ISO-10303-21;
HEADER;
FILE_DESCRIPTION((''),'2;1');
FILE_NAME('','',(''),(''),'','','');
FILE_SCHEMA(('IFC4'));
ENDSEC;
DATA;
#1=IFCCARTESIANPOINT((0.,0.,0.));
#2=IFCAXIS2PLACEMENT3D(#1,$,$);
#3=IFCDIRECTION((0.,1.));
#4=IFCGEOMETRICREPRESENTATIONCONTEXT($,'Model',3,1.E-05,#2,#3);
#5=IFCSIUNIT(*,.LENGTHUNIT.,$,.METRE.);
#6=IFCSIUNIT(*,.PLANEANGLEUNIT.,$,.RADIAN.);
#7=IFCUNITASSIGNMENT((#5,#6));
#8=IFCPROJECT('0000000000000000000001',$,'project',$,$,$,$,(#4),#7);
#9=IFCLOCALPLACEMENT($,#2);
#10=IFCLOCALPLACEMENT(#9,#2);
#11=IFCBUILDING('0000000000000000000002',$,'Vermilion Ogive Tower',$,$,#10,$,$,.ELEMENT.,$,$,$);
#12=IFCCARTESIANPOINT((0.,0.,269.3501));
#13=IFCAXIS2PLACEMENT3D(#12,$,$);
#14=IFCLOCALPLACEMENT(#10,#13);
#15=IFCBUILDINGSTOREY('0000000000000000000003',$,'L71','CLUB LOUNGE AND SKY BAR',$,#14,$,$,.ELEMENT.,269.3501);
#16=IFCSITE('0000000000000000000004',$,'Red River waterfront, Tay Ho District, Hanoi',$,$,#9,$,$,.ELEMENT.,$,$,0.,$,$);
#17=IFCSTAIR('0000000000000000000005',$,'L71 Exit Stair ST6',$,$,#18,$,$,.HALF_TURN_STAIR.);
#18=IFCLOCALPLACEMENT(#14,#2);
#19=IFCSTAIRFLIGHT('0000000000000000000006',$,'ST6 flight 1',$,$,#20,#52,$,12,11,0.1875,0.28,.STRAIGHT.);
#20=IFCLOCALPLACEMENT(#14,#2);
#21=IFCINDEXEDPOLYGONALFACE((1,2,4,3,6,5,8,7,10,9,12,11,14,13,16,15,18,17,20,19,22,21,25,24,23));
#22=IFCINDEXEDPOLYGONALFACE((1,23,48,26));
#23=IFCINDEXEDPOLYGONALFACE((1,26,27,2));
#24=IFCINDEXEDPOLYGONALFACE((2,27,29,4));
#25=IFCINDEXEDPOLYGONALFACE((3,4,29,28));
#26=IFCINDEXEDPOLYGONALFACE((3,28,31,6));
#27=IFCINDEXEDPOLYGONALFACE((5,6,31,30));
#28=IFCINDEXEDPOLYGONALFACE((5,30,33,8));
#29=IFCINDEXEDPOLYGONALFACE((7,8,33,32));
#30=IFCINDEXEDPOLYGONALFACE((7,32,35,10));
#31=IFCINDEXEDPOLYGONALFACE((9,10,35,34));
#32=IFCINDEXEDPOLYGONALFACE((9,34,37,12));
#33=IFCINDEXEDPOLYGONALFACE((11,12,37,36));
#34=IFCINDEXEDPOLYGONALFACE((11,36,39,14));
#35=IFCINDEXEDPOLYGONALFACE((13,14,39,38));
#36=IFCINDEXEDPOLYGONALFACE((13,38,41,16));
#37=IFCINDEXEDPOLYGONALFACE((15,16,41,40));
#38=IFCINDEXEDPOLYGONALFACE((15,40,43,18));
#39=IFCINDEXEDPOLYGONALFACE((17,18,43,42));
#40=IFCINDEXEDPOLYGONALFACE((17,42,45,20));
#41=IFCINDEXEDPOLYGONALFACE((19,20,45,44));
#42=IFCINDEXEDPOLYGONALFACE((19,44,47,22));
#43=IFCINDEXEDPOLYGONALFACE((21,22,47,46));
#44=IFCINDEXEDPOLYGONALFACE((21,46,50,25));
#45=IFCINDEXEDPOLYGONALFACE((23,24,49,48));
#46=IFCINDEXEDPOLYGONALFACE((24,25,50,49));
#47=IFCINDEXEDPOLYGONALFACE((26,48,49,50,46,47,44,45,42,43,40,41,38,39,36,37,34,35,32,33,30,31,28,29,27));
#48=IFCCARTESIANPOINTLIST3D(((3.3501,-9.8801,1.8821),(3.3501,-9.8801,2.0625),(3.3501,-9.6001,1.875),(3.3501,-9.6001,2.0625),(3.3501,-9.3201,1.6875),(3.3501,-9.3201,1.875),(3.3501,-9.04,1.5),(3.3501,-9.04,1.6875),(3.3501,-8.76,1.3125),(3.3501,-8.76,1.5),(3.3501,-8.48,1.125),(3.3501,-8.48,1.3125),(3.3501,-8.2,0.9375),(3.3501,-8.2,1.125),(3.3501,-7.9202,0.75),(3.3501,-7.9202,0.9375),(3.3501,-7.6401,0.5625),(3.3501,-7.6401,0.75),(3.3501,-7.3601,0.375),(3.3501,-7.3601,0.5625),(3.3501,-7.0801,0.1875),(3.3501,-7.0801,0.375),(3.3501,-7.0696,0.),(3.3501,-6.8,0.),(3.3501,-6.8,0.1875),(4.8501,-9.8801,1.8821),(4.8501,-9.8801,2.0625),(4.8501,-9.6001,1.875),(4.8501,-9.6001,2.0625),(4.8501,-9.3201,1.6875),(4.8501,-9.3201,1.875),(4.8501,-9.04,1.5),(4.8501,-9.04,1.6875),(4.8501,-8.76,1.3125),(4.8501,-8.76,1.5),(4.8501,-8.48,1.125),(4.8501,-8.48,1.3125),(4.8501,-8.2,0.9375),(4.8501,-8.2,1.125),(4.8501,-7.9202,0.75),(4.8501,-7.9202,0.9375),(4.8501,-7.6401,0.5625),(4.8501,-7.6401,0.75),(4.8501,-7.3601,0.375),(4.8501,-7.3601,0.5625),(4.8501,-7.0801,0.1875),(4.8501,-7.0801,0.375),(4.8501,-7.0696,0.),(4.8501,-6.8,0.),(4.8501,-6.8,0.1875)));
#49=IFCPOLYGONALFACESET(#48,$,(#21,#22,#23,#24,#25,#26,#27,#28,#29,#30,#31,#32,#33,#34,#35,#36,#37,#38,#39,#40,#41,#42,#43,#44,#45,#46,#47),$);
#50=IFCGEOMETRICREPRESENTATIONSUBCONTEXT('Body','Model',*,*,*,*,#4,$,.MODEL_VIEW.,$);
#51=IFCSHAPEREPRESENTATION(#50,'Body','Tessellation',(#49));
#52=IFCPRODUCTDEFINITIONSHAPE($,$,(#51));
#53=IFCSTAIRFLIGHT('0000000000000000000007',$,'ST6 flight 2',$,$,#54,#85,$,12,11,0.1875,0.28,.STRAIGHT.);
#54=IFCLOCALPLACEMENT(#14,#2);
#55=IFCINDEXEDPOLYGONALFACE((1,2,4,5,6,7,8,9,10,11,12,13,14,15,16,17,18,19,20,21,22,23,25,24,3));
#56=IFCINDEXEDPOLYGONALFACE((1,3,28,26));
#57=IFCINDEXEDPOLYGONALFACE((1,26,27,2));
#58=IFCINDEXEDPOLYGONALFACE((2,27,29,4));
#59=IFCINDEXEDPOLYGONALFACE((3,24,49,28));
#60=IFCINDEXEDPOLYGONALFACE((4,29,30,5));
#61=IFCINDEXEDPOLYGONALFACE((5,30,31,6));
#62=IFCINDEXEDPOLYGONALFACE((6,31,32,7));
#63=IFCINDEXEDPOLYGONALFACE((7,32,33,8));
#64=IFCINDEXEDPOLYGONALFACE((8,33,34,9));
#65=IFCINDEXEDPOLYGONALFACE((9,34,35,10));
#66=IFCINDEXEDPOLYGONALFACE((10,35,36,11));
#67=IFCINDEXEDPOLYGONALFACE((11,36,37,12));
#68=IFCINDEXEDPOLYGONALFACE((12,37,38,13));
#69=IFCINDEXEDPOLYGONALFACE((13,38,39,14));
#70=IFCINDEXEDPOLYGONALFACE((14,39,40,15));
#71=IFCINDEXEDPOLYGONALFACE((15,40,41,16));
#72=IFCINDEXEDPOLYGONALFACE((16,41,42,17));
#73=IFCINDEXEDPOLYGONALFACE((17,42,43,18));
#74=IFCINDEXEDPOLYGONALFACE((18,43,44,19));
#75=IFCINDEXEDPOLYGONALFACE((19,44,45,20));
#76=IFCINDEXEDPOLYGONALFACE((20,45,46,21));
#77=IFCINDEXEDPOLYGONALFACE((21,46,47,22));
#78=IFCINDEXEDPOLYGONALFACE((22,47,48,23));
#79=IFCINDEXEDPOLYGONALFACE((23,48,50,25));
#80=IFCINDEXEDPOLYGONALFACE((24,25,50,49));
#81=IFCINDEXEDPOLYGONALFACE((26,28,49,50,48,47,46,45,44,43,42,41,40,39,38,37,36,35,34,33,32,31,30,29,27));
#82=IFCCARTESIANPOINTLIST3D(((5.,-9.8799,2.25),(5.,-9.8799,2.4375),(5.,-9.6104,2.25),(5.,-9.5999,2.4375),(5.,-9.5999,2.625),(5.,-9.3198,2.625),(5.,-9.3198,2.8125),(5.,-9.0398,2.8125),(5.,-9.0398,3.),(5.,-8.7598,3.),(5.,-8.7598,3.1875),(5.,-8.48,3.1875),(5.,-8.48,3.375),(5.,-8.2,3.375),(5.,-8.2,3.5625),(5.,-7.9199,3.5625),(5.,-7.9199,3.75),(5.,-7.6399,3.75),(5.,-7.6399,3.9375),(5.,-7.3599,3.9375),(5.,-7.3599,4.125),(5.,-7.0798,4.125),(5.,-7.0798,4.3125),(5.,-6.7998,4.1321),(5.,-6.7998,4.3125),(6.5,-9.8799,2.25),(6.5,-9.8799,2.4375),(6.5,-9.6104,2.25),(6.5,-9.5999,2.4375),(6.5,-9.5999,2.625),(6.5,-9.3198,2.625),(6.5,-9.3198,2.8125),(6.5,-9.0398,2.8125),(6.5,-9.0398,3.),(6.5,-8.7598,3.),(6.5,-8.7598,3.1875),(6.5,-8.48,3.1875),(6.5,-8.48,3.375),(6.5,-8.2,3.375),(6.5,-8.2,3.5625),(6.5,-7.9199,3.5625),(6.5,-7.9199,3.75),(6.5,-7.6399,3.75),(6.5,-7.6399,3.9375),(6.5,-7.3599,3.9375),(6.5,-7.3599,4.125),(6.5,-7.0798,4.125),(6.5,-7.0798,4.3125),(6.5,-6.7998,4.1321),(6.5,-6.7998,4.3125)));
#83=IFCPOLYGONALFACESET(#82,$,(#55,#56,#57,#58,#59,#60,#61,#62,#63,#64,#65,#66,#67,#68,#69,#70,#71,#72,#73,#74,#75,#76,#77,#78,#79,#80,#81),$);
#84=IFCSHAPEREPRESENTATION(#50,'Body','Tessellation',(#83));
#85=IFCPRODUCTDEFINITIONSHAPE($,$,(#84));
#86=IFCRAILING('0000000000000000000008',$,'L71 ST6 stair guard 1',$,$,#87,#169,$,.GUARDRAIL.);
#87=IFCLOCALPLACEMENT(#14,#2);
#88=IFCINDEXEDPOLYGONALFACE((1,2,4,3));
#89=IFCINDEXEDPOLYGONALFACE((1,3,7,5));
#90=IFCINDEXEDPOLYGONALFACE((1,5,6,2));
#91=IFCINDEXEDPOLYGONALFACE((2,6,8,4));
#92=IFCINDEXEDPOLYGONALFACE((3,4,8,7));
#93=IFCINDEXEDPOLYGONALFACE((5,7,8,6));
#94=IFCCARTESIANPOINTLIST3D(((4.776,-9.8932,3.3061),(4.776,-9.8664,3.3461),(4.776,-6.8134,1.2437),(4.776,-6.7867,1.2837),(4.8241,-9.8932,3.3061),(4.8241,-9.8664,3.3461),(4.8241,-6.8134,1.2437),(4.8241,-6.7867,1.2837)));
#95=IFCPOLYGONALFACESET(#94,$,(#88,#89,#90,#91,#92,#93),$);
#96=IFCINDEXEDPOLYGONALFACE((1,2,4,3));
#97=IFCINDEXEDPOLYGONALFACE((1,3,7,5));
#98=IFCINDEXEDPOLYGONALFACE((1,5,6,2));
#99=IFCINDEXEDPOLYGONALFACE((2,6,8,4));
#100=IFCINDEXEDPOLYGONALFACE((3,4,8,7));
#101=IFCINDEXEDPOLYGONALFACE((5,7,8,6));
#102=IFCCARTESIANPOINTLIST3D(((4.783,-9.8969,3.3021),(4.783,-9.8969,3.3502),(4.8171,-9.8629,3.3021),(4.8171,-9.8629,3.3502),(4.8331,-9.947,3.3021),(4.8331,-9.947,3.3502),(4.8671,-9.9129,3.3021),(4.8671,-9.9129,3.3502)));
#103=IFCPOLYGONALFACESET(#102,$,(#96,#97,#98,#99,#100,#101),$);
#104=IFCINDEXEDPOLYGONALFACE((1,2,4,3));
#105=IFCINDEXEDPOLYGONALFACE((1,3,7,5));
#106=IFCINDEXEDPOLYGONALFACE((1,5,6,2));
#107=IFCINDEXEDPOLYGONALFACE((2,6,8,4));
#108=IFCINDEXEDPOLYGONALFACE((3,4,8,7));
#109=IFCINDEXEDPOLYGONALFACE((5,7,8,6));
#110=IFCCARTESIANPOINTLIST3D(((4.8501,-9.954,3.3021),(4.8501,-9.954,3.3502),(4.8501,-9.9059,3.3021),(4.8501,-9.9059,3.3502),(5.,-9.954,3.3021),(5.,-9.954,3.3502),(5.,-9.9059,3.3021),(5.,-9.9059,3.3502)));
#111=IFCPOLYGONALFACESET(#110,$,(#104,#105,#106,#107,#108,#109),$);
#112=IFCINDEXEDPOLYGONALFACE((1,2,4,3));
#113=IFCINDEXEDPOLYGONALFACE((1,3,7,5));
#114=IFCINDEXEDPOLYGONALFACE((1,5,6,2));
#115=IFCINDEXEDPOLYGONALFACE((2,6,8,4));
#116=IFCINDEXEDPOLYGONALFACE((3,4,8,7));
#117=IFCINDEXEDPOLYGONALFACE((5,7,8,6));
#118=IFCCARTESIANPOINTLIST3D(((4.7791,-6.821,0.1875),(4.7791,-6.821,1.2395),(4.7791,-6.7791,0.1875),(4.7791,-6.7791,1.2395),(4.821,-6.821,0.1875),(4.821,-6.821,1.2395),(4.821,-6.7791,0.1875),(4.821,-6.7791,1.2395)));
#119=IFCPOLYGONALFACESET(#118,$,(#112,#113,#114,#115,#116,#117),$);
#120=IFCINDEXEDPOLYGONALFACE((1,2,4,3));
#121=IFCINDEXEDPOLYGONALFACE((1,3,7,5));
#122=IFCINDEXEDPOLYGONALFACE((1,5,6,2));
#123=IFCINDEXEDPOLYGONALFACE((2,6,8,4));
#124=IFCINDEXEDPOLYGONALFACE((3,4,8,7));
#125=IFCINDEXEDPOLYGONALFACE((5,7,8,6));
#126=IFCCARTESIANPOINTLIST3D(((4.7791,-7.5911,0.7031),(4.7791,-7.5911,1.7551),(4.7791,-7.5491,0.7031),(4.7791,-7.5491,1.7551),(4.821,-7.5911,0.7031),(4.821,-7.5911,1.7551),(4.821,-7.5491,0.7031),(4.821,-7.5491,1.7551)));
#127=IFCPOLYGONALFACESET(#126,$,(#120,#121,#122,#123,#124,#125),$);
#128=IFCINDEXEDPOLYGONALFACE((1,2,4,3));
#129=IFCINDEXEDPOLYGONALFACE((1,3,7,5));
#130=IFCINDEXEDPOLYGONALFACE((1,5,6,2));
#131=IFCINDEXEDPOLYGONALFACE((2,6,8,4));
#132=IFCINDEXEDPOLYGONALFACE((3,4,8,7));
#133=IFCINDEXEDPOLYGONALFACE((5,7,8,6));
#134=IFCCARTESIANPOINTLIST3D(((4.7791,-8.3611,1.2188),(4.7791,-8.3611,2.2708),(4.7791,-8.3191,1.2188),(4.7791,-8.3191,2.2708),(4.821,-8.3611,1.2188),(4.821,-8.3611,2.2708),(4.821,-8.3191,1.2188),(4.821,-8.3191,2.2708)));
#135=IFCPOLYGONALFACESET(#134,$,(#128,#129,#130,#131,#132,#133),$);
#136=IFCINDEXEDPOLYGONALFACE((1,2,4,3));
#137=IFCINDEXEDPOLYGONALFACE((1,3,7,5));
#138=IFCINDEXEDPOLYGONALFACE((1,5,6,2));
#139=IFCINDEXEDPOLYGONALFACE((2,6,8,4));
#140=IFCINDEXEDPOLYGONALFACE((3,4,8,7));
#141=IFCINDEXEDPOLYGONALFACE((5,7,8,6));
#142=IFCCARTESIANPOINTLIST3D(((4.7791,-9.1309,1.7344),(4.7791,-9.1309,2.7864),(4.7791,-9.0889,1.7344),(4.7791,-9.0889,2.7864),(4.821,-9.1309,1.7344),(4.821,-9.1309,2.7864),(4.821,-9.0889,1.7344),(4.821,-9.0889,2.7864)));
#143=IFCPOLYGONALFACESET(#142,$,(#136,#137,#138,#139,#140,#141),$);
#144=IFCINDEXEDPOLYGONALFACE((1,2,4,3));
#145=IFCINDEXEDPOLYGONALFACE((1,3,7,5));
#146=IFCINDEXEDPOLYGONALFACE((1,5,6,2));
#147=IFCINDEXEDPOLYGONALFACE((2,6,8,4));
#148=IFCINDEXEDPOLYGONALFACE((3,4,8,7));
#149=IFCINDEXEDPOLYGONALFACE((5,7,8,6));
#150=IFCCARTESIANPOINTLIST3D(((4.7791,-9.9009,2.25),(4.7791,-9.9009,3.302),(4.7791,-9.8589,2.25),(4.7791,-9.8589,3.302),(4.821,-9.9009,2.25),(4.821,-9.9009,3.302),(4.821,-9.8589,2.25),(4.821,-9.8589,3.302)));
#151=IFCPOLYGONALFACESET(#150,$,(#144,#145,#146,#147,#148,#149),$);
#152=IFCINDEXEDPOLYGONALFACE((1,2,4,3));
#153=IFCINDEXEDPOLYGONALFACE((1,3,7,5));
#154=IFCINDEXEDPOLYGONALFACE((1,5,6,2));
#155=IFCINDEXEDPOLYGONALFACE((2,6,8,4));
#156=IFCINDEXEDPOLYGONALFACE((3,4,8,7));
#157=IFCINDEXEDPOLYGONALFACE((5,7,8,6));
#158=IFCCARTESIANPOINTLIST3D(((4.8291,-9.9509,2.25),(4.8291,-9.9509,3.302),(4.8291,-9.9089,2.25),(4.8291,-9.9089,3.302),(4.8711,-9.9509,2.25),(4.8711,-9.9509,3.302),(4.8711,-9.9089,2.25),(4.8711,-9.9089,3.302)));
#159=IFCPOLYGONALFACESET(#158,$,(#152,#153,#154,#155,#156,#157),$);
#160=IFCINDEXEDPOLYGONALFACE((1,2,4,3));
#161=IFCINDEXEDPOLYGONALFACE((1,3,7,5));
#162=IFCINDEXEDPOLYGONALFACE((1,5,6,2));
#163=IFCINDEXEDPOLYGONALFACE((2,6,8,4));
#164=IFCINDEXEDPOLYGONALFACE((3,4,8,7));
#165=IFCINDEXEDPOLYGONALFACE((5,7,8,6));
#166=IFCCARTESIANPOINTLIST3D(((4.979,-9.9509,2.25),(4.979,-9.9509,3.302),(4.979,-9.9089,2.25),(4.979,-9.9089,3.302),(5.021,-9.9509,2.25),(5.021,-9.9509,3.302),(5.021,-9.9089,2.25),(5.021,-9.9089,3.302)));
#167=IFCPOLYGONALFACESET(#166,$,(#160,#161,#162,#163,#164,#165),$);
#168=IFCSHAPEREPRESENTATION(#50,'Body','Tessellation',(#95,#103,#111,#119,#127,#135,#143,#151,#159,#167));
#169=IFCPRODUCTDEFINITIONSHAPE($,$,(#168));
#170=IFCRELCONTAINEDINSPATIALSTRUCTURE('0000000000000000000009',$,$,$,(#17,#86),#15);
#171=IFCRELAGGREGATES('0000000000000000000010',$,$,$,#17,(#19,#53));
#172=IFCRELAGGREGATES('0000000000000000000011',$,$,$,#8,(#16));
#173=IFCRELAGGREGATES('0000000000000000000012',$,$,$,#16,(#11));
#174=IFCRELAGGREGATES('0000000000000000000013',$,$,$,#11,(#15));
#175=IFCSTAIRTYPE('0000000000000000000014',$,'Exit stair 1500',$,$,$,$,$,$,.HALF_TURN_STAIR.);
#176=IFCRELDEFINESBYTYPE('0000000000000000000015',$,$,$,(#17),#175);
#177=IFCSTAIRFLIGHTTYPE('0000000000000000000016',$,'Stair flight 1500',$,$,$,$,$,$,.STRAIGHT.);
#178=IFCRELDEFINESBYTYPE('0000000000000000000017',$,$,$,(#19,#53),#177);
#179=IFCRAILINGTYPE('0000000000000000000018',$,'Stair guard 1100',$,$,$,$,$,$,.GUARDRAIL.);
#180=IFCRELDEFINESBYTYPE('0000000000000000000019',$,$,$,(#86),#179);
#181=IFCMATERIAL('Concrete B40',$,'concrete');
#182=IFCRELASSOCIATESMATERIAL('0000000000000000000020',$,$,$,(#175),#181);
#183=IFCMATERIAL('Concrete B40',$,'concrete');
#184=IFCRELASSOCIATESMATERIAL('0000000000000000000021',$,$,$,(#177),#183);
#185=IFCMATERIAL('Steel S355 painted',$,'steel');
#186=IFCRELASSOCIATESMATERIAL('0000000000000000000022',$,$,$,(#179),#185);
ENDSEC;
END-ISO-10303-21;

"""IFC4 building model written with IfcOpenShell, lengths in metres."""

from ifc_helpers import new_model, si_unit, direction, frame, origin, origin_2d, place, context, subcontext, project, spatial, polyline, rectangle, outline, extrude, material, type_object, element, aggregate, save


model = new_model("IFC4")

# Units and contexts
model_context = context("Model", 3, precision=1e-05, world=origin(), true_north=direction((0.0, 1.0)))
body_context = subcontext(model_context, "Body", "Model", "MODEL_VIEW")
ifc_project = project(units=[si_unit("LENGTHUNIT", "METRE"), si_unit("PLANEANGLEUNIT", "RADIAN")], contexts=[model_context])

# Site, building, storey
site_placement = place(None, origin())
site = spatial("IfcSite", under=ifc_project, at=site_placement, Name="Red River waterfront, Tay Ho District, Hanoi", CompositionType="ELEMENT", RefElevation=0.0)
building_placement = place(site_placement, origin())
building = spatial("IfcBuilding", under=site, at=building_placement, Name="Vermilion Ogive Tower", CompositionType="ELEMENT")
storey_placement = place(building_placement, frame((0.0, 0.0, 269.3501)))
storey = spatial("IfcBuildingStorey", under=building, at=storey_placement, Name="L71", Description="CLUB LOUNGE AND SKY BAR", CompositionType="ELEMENT", Elevation=269.3501)

# Stair, stair flights
ifc_material_1 = material(Name="Concrete B40", Category="concrete")
stair_type = type_object("IfcStairType", Name="Exit stair 1500", PredefinedType="HALF_TURN_STAIR", material=ifc_material_1)
stair_placement = place(storey_placement, origin())
stair = element("IfcStair", 1, at=stair_placement, inside=storey, type_object=stair_type, Name="L71 Exit Stair ST6", PredefinedType="HALF_TURN_STAIR")
ifc_material_2 = material(Name="Concrete B40", Category="concrete")
stair_flight_type = type_object("IfcStairFlightType", Name="Stair flight 1500", PredefinedType="STRAIGHT", material=ifc_material_2)
stair_flight_1_placement = place(storey_placement, frame((4.1001, -6.8, 0.0), z_axis=(0.0, 0.0, 1.0), x_axis=(0.0, -1.0, 0.0)))
stair_flight_1 = element("IfcStairFlight", 2, at=stair_flight_1_placement, type_object=stair_flight_type, Name="ST6 flight 1", NumberOfRisers=12, NumberOfTreads=11, PredefinedType="STRAIGHT", RiserHeight=0.1875, TreadLength=0.28, context=body_context, shape_type="SweptSolid", body=[
    extrude(outline(polyline([(0.0, 0.0), (0.0, 0.1875), (0.28, 0.1875), (0.28, 0.375), (0.5601, 0.375), (0.5601, 0.5625), (0.8401, 0.5625), (0.8401, 0.75), (1.1201, 0.75), (1.1201, 0.9375), (1.3999, 0.9375), (1.3999, 1.125), (1.6799, 1.125), (1.6799, 1.3125), (1.96, 1.3125), (1.96, 1.5), (2.24, 1.5), (2.24, 1.6875), (2.52, 1.6875), (2.52, 1.875), (2.8, 1.875), (2.8, 2.0625), (3.0801, 2.0625), (3.0801, 2.25), (3.0801, 1.8821), (0.2695, 0.0), (0.0, 0.0)])), frame((0.0, 0.75, 0.0), z_axis=(0.0, -1.0, 0.0), x_axis=(1.0, 0.0, 0.0)), (0.0, 0.0, 1.0), 1.5),
])
stair_flight_2_placement = place(storey_placement, frame((5.75, -9.8799, 2.25), z_axis=(0.0, 0.0, 1.0), x_axis=(0.0, 1.0, 0.0)))
stair_flight_2 = element("IfcStairFlight", 3, at=stair_flight_2_placement, type_object=stair_flight_type, Name="ST6 flight 2", NumberOfRisers=12, NumberOfTreads=11, PredefinedType="STRAIGHT", RiserHeight=0.1875, TreadLength=0.28, context=body_context, shape_type="SweptSolid", body=[
    extrude(outline(polyline([(0.0, 0.0), (0.0, 0.1875), (0.28, 0.1875), (0.28, 0.375), (0.5601, 0.375), (0.5601, 0.5625), (0.8401, 0.5625), (0.8401, 0.75), (1.1201, 0.75), (1.1201, 0.9375), (1.3999, 0.9375), (1.3999, 1.125), (1.6799, 1.125), (1.6799, 1.3125), (1.96, 1.3125), (1.96, 1.5), (2.24, 1.5), (2.24, 1.6875), (2.52, 1.6875), (2.52, 1.875), (2.8, 1.875), (2.8, 2.0625), (3.0801, 2.0625), (3.0801, 2.25), (3.0801, 1.8821), (0.2695, 0.0), (0.0, 0.0)])), frame((0.0, 0.75, 0.0), z_axis=(0.0, -1.0, 0.0), x_axis=(1.0, 0.0, 0.0)), (0.0, 0.0, 1.0), 1.5),
])
aggregate(stair, [stair_flight_1, stair_flight_2])

# Railing
ifc_material_3 = material(Name="Steel S355 painted", Category="steel")
railing_type_1 = type_object("IfcRailingType", Name="Stair guard 1100", PredefinedType="GUARDRAIL", material=ifc_material_3)
railing_1_placement = place(storey_placement, frame((4.8, -6.8, 0.1875)))
element("IfcRailing", 4, at=railing_1_placement, inside=storey, type_object=railing_type_1, Name="L71 ST6 stair guard 1", PredefinedType="GUARDRAIL", context=body_context, shape_type="SweptSolid", body=[
    extrude(rectangle(XDim=0.0481, YDim=0.0481, at=origin_2d()), frame((0.0, 0.0, 1.0762), z_axis=(0.0, -0.830893, 0.556432), x_axis=(1.0, 0.0, 0.0)), (0.0, 0.0, 1.0), 3.7065),
    extrude(rectangle(XDim=0.0481, YDim=0.0481, at=origin_2d()), frame((0.0, -3.0798, 3.1387), z_axis=(0.707107, -0.707107, 0.0), x_axis=(0.707107, 0.707107, 0.0)), (0.0, 0.0, 1.0), 0.0708),
    extrude(rectangle(XDim=0.0481, YDim=0.0481, at=origin_2d()), frame((0.05, -3.1299, 3.1387), z_axis=(1.0, 0.0, 0.0), x_axis=(0.0, 1.0, 0.0)), (0.0, 0.0, 1.0), 0.1499),
    extrude(rectangle(XDim=0.042, YDim=0.042, at=origin_2d()), origin(), (0.0, 0.0, 1.0), 1.052),
    extrude(rectangle(XDim=0.042, YDim=0.042, at=origin_2d()), frame((0.0, -0.77, 0.5156)), (0.0, 0.0, 1.0), 1.052),
    extrude(rectangle(XDim=0.042, YDim=0.042, at=origin_2d()), frame((0.0, -1.54, 1.0312)), (0.0, 0.0, 1.0), 1.052),
    extrude(rectangle(XDim=0.042, YDim=0.042, at=origin_2d()), frame((0.0, -2.3098, 1.5469)), (0.0, 0.0, 1.0), 1.052),
    extrude(rectangle(XDim=0.042, YDim=0.042, at=origin_2d()), frame((0.0, -3.0798, 2.0625)), (0.0, 0.0, 1.0), 1.052),
    extrude(rectangle(XDim=0.042, YDim=0.042, at=origin_2d()), frame((0.05, -3.1299, 2.0625)), (0.0, 0.0, 1.0), 1.052),
    extrude(rectangle(XDim=0.042, YDim=0.042, at=origin_2d()), frame((0.2, -3.1299, 2.0625)), (0.0, 0.0, 1.0), 1.052),
])

save(model, "model.ifc")
